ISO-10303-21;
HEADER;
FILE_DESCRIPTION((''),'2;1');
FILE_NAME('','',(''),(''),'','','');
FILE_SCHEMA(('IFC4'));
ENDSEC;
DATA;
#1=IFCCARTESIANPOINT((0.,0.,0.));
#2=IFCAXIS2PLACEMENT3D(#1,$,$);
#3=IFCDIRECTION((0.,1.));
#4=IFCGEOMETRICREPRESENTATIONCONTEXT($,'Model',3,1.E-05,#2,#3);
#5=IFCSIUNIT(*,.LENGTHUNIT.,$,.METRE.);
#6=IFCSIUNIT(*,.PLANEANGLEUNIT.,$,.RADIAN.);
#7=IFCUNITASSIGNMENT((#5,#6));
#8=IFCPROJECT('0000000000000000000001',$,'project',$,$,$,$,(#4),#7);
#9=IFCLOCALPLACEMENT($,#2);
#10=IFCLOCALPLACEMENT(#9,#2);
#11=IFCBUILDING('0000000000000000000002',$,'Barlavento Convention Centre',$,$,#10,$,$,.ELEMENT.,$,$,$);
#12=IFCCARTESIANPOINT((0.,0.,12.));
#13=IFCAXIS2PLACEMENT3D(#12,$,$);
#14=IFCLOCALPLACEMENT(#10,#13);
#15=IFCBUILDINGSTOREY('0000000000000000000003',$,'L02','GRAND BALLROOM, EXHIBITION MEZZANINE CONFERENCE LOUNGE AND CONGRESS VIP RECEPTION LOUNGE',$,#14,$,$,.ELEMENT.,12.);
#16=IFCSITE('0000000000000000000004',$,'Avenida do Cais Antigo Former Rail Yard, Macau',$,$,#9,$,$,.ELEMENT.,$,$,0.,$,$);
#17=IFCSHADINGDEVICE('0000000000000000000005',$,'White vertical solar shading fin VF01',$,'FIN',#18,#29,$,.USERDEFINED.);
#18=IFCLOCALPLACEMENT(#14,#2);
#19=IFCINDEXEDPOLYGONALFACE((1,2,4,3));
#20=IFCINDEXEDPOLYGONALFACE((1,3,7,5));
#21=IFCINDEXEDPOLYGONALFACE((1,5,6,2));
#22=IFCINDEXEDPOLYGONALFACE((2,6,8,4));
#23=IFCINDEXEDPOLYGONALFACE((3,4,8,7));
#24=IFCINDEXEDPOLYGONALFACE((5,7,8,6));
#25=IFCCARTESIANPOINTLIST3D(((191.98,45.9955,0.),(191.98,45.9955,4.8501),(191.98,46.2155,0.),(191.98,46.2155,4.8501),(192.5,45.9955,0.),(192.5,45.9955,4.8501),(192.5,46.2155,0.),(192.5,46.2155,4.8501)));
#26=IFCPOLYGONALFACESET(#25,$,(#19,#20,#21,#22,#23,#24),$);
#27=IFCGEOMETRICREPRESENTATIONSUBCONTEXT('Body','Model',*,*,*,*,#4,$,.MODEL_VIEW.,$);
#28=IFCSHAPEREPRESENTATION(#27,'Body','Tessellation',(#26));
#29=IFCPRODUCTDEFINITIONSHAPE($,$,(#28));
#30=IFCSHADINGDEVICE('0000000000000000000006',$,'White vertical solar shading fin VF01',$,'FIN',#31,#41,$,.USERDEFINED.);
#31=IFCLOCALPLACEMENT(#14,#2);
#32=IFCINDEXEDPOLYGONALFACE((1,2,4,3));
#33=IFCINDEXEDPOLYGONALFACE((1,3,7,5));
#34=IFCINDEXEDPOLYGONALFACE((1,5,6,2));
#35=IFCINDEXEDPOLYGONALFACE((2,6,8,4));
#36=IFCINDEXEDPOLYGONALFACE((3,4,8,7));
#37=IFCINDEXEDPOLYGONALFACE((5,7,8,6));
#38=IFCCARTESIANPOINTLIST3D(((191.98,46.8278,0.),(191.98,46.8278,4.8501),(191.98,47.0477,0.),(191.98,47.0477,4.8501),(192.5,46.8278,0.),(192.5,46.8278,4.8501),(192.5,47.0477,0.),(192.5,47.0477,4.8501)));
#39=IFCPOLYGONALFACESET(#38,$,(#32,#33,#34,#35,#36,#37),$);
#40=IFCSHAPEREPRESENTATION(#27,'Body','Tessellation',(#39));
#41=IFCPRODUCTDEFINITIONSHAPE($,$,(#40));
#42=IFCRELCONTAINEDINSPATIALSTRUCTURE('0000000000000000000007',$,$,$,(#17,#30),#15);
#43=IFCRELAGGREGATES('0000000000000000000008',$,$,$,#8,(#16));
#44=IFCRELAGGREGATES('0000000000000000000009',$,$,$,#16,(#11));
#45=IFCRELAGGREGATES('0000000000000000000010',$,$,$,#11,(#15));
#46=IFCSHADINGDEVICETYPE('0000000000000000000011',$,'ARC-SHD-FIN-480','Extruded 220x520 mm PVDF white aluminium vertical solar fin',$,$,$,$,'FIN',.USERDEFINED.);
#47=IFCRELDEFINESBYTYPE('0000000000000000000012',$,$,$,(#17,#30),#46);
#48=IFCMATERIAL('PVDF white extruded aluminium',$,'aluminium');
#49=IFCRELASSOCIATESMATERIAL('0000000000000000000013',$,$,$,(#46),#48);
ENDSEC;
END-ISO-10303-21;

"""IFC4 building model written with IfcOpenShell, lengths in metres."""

from ifc_helpers import new_model, si_unit, direction, frame, origin, origin_2d, place, context, subcontext, project, spatial, rectangle, extrude, material, type_object, element, save


model = new_model("IFC4")

# Units and contexts
model_context = context("Model", 3, precision=1e-05, world=origin(), true_north=direction((0.0, 1.0)))
body_context = subcontext(model_context, "Body", "Model", "MODEL_VIEW")
ifc_project = project(units=[si_unit("LENGTHUNIT", "METRE"), si_unit("PLANEANGLEUNIT", "RADIAN")], contexts=[model_context])

# Site, building, storey
site_placement = place(None, origin())
site = spatial("IfcSite", under=ifc_project, at=site_placement, Name="Avenida do Cais Antigo Former Rail Yard, Macau", CompositionType="ELEMENT", RefElevation=0.0)
building_placement = place(site_placement, origin())
building = spatial("IfcBuilding", under=site, at=building_placement, Name="Barlavento Convention Centre", CompositionType="ELEMENT")
storey_placement = place(building_placement, frame((0.0, 0.0, 12.0)))
storey = spatial("IfcBuildingStorey", under=building, at=storey_placement, Name="L02", Description="GRAND BALLROOM, EXHIBITION MEZZANINE CONFERENCE LOUNGE AND CONGRESS VIP RECEPTION LOUNGE", CompositionType="ELEMENT", Elevation=12.0)

# Shading devices
ifc_material_1 = material(Name="PVDF white extruded aluminium", Category="aluminium")
shading_device_type = type_object("IfcShadingDeviceType", Name="ARC-SHD-FIN-480", Description="Extruded 220x520 mm PVDF white aluminium vertical solar fin", ElementType="FIN", PredefinedType="USERDEFINED", material=ifc_material_1)
for number, where, z_axis, x_axis, name in (
    (1, (192.24, 46.1055, 0.0), (0.0, 0.0, 1.0), (0.0, 1.0, 0.0), "White vertical solar shading fin VF01"),
    (2, (192.24, 46.9377, 0.0), (0.0, 0.0, 1.0), (0.0, 1.0, 0.0), "White vertical solar shading fin VF01"),
):
    element("IfcShadingDevice", number, at=place(storey_placement, frame(where, z_axis=z_axis, x_axis=x_axis)), inside=storey, type_object=shading_device_type, Name=name, ObjectType="FIN", PredefinedType="USERDEFINED", context=body_context, shape_type="SweptSolid", body=[
        extrude(rectangle(XDim=0.22, YDim=0.52, at=origin_2d()), origin(), (0.0, 0.0, 1.0), 4.8501),
    ])

save(model, "model.ifc")
